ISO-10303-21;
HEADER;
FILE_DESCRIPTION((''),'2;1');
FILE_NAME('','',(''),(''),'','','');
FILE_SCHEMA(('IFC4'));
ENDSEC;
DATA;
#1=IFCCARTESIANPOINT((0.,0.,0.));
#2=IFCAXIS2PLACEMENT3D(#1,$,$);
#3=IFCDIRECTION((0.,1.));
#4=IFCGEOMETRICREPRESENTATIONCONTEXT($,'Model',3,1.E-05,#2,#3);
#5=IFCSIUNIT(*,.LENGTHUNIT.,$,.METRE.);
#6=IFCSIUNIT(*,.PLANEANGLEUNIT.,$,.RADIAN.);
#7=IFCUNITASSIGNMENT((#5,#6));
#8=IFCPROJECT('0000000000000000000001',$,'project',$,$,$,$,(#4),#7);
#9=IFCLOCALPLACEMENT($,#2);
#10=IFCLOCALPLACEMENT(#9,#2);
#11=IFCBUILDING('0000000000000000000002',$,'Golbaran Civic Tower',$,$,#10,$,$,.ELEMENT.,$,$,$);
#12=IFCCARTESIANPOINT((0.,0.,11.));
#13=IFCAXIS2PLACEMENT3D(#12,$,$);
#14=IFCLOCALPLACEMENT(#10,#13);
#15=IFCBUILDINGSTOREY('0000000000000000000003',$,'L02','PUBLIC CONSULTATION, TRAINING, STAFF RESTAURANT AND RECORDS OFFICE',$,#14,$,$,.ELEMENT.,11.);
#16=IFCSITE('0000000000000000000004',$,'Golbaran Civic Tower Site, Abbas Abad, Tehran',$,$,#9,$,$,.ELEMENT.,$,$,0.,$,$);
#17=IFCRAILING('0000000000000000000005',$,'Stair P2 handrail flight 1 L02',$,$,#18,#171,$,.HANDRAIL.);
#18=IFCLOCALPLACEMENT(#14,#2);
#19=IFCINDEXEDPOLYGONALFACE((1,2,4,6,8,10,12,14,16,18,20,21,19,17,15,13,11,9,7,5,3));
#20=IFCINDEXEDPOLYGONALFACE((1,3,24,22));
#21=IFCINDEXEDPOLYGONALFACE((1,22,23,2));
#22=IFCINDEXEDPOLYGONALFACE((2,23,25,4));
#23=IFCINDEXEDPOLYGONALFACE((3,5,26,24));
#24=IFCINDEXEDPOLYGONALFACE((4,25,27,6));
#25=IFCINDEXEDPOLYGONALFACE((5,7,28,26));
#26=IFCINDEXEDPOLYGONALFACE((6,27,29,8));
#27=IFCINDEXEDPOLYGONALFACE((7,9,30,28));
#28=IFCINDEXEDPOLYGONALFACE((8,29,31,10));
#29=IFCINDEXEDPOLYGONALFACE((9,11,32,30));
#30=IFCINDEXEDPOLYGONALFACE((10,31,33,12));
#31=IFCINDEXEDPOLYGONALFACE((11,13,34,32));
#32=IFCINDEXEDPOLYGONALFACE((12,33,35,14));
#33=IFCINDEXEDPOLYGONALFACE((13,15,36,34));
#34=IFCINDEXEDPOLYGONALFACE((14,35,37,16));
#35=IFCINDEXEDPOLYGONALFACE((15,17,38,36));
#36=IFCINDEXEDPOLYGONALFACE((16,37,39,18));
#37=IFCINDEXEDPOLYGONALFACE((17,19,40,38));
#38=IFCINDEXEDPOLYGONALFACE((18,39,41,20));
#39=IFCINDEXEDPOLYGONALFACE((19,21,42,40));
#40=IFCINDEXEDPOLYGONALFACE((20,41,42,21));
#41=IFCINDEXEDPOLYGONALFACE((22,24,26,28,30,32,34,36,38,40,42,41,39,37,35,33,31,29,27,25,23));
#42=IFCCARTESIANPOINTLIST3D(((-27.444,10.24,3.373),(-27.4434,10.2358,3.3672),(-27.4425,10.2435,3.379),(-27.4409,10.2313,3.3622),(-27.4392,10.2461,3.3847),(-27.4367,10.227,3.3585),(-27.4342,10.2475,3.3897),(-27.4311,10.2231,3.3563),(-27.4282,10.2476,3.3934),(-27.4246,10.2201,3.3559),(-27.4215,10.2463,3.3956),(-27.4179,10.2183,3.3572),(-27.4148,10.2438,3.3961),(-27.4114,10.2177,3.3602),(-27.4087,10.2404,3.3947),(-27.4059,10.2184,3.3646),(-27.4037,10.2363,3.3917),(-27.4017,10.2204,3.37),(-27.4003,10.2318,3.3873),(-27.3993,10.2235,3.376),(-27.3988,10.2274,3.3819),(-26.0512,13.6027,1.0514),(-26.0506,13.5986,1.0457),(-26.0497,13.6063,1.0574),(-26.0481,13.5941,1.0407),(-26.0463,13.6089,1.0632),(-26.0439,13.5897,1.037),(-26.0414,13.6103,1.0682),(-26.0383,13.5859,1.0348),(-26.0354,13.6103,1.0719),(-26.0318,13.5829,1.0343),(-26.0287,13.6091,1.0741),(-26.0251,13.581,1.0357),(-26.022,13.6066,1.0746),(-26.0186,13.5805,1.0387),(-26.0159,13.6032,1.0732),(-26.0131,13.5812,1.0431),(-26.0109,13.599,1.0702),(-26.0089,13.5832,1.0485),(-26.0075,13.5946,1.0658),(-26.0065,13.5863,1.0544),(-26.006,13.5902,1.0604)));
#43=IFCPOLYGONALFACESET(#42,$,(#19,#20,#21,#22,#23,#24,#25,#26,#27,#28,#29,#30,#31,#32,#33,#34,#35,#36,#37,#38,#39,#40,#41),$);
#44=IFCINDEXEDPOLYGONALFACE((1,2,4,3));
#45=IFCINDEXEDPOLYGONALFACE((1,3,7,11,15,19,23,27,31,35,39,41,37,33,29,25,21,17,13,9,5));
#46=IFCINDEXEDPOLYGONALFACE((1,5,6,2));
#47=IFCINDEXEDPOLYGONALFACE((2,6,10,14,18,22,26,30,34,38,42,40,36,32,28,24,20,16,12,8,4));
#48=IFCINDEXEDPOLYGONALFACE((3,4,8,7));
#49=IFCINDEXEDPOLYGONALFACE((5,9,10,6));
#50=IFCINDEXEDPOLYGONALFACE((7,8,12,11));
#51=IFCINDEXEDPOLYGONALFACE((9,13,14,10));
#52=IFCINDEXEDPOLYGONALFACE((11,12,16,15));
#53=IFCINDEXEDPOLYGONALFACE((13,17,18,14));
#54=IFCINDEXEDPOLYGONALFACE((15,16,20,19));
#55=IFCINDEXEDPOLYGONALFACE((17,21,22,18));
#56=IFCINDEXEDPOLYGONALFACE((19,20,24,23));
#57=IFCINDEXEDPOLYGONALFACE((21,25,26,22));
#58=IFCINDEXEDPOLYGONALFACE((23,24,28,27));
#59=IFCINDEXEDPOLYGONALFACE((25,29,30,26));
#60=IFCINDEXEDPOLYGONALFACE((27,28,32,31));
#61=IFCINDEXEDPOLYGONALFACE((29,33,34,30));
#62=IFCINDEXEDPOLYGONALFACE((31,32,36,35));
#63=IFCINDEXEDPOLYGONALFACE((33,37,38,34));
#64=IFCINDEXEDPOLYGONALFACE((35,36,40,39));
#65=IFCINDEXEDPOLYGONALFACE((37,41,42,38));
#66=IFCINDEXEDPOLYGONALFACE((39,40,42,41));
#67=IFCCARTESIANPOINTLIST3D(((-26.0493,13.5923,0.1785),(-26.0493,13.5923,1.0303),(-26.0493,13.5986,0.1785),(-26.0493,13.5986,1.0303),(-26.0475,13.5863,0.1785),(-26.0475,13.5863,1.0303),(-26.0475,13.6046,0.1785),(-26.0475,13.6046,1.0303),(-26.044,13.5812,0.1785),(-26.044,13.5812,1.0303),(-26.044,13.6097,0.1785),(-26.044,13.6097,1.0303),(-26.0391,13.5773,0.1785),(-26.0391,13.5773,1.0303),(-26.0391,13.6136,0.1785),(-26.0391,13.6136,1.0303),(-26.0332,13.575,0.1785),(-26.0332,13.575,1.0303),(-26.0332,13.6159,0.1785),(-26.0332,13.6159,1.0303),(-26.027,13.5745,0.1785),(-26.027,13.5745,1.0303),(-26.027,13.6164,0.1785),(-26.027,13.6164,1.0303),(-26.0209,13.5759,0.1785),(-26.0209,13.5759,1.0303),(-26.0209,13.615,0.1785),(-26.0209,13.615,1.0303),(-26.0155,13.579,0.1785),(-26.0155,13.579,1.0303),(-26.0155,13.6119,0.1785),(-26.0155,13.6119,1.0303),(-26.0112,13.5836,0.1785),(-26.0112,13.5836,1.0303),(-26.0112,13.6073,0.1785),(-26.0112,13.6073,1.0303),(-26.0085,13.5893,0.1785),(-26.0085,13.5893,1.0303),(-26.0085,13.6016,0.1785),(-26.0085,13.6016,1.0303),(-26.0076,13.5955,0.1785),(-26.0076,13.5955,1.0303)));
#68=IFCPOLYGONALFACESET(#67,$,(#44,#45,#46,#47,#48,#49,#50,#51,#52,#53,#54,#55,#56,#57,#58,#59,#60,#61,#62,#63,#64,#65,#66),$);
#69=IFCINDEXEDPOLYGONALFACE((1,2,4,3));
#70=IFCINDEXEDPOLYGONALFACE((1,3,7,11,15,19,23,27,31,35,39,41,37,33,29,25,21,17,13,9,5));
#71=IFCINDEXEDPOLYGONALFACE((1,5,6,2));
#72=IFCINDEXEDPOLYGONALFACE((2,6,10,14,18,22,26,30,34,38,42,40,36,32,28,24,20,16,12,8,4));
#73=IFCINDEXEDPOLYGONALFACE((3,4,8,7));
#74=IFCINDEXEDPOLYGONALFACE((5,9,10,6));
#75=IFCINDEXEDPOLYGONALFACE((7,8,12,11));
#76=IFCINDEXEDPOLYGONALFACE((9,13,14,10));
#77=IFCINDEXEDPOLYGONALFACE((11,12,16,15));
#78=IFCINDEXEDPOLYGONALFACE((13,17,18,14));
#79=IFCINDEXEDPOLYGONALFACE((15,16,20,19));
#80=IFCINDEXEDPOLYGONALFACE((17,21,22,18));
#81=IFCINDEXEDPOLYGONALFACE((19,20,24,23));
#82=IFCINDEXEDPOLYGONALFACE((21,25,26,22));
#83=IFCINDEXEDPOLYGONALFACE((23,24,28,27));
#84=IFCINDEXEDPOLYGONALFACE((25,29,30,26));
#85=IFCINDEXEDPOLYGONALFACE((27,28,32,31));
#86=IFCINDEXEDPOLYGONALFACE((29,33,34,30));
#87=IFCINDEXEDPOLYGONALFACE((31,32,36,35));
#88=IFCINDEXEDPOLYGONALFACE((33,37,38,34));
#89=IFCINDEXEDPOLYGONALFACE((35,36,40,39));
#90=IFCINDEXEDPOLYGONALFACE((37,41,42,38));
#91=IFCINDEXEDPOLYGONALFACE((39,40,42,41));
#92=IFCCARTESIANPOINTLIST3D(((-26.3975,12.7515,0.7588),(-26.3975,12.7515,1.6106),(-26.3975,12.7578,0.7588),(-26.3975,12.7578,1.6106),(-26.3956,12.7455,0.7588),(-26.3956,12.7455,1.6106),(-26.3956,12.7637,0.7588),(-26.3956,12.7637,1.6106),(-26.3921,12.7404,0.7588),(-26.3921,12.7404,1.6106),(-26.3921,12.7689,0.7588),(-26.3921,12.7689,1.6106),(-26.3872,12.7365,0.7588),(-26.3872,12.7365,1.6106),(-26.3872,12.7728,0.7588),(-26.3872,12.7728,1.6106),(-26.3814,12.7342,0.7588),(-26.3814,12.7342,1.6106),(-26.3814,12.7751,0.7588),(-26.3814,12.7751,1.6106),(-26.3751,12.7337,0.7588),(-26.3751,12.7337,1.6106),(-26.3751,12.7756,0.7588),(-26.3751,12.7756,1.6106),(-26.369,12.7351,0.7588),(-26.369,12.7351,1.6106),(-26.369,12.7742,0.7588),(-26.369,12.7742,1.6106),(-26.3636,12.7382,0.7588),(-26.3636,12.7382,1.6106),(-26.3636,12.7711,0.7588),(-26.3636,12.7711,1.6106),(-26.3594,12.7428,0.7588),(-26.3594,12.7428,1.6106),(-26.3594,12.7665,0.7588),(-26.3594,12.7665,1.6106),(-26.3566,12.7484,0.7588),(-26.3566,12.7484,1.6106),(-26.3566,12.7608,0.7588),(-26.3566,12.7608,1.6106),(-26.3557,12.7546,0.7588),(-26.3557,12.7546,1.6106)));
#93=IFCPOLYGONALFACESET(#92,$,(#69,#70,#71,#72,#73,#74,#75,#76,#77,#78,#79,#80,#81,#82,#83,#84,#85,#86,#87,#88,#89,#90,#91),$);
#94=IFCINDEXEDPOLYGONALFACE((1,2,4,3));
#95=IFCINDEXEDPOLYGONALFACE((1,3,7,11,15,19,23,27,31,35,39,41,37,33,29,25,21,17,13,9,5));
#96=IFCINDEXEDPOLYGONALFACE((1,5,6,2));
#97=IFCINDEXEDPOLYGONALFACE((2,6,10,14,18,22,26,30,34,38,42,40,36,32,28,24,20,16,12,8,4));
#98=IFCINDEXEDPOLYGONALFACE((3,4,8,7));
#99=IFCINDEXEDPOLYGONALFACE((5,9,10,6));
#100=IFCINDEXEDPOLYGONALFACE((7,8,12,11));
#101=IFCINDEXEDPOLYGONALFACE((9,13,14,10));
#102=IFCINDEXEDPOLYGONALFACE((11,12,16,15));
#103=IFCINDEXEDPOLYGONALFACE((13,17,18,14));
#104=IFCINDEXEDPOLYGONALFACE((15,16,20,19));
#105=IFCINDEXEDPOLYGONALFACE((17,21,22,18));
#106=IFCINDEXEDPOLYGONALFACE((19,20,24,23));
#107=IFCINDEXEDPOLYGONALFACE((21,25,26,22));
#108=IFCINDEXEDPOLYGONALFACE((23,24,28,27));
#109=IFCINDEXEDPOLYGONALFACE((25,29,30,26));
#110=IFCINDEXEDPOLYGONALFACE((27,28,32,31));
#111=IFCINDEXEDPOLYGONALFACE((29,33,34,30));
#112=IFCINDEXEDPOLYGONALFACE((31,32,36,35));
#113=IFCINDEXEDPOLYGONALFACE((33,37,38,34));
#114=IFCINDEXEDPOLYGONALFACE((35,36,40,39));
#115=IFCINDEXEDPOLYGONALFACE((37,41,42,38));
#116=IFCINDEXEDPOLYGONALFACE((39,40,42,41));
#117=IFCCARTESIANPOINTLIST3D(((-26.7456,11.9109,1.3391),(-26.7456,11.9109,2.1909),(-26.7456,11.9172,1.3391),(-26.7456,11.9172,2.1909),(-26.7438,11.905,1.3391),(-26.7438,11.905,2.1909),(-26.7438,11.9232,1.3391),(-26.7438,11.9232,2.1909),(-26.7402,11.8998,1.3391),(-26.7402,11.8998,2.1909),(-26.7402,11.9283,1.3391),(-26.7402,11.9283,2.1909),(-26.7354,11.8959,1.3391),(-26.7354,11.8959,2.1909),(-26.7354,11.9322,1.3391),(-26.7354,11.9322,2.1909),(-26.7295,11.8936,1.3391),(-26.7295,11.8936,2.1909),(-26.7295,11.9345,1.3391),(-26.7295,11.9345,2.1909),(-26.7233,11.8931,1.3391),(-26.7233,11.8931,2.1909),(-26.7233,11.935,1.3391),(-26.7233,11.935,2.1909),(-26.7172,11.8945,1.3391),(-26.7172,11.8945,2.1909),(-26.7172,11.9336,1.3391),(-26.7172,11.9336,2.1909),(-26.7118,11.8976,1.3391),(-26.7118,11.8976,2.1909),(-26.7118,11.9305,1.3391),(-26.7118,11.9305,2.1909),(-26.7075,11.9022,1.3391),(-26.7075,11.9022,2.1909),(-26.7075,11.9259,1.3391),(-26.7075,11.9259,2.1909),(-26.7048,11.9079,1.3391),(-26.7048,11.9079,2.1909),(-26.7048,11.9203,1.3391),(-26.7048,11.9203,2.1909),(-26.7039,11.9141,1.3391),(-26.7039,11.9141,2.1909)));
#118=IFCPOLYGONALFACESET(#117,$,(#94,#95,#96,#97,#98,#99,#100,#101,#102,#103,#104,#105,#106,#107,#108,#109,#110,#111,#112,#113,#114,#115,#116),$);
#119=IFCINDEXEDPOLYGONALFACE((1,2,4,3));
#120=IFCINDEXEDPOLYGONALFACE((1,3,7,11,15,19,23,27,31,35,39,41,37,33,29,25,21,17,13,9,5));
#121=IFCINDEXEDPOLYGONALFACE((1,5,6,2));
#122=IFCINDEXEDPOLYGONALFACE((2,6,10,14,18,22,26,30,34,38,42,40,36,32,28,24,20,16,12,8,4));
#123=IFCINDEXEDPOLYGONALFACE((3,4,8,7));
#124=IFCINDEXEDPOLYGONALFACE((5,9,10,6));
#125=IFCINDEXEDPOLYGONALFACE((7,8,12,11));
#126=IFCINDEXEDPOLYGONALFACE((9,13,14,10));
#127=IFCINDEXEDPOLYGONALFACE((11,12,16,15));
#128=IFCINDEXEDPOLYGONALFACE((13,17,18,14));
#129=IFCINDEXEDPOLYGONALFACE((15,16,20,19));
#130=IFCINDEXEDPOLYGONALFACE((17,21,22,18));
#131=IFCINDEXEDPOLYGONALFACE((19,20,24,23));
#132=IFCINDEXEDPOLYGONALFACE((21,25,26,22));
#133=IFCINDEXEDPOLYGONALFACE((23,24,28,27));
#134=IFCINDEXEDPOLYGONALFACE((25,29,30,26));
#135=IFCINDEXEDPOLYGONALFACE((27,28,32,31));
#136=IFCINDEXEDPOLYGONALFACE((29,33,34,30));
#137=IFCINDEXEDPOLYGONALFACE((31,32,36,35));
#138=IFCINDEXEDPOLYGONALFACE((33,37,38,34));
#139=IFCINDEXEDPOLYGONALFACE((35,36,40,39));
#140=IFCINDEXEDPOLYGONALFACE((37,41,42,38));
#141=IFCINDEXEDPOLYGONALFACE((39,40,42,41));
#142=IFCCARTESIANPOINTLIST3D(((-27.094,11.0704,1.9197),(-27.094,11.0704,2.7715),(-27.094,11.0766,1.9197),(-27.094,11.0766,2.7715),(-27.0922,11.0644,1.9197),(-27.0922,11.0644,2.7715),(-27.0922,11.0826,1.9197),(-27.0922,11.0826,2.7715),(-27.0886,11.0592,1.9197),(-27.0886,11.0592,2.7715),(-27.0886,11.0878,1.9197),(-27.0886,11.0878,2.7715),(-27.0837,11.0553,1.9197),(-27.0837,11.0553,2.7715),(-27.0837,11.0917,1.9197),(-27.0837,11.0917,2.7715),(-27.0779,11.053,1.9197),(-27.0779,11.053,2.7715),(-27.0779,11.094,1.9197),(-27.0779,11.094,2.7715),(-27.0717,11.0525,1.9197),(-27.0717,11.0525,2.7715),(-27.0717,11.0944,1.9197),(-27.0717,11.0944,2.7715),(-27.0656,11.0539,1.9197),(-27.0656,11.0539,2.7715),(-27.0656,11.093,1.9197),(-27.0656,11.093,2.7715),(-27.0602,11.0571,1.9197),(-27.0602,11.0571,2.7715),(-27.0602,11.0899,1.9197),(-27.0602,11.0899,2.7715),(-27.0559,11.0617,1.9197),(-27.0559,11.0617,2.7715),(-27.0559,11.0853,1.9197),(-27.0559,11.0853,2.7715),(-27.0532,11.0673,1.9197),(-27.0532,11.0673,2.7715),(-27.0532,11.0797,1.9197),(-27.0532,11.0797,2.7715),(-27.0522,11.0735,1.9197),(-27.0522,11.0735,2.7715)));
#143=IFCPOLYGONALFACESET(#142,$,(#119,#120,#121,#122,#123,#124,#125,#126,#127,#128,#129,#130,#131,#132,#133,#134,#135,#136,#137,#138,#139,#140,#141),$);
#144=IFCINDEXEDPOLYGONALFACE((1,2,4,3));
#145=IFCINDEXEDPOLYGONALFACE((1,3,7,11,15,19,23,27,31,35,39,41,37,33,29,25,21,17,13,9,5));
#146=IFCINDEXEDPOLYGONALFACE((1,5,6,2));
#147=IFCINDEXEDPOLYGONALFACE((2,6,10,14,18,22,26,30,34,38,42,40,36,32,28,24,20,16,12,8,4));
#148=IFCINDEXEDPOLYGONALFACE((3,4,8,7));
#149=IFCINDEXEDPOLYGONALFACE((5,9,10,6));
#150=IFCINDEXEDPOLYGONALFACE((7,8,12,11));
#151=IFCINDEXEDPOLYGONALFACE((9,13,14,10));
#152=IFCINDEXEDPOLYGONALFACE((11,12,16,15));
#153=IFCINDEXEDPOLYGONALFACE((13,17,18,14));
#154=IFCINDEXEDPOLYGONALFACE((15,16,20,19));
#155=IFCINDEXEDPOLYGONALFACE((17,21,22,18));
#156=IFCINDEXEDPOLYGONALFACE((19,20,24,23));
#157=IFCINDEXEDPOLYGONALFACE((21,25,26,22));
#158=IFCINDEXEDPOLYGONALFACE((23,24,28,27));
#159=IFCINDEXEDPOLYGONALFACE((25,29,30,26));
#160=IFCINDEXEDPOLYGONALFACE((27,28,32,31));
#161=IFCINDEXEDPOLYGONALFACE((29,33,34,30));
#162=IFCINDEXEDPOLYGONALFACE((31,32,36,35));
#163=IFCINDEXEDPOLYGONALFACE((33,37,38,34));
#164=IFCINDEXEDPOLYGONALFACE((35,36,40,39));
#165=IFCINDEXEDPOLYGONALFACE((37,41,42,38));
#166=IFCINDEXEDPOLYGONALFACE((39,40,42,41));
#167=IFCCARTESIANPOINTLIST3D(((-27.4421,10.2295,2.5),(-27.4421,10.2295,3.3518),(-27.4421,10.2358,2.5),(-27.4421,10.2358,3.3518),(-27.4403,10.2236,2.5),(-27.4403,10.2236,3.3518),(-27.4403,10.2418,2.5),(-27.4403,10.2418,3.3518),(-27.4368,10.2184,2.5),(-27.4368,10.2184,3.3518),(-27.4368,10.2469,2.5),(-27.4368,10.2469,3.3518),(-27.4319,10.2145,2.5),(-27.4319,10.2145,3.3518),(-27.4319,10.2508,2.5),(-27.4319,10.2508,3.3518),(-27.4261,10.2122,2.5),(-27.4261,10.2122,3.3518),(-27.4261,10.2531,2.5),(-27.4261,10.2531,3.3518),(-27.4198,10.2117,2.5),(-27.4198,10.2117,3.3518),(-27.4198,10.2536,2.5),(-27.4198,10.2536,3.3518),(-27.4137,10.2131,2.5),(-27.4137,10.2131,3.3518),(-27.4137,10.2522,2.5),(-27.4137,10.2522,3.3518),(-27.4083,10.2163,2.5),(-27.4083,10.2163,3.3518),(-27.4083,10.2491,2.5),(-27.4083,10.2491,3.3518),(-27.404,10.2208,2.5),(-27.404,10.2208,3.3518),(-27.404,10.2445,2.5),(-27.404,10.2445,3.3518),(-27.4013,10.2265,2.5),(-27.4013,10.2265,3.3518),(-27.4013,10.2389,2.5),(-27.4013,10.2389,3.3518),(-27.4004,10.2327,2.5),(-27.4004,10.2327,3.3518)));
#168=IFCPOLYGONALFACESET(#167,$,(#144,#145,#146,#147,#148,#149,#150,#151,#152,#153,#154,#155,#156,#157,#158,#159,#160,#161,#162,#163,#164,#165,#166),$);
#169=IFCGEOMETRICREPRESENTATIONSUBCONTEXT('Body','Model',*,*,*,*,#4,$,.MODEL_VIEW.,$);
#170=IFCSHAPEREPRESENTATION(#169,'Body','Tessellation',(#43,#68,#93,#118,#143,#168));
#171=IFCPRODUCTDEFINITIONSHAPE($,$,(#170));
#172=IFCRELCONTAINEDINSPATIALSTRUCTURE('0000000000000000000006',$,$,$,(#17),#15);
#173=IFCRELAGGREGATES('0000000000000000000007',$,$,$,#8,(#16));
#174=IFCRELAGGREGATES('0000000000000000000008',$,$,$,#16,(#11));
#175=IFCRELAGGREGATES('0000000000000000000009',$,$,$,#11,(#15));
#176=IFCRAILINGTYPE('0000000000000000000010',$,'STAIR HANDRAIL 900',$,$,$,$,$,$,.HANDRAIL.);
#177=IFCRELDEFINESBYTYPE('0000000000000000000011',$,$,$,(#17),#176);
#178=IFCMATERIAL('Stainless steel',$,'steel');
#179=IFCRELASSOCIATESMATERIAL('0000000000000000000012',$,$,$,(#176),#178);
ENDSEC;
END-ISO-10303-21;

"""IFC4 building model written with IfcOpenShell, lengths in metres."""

from ifc_helpers import new_model, si_unit, direction, frame, origin, origin_2d, place, context, subcontext, project, spatial, circle, extrude, material, type_object, element, save


model = new_model("IFC4")

# Units and contexts
model_context = context("Model", 3, precision=1e-05, world=origin(), true_north=direction((0.0, 1.0)))
body_context = subcontext(model_context, "Body", "Model", "MODEL_VIEW")
ifc_project = project(units=[si_unit("LENGTHUNIT", "METRE"), si_unit("PLANEANGLEUNIT", "RADIAN")], contexts=[model_context])

# Site, building, storey
site_placement = place(None, origin())
site = spatial("IfcSite", under=ifc_project, at=site_placement, Name="Golbaran Civic Tower Site, Abbas Abad, Tehran", CompositionType="ELEMENT", RefElevation=0.0)
building_placement = place(site_placement, origin())
building = spatial("IfcBuilding", under=site, at=building_placement, Name="Golbaran Civic Tower", CompositionType="ELEMENT")
storey_placement = place(building_placement, frame((0.0, 0.0, 11.0)))
storey = spatial("IfcBuildingStorey", under=building, at=storey_placement, Name="L02", Description="PUBLIC CONSULTATION, TRAINING, STAFF RESTAURANT AND RECORDS OFFICE", CompositionType="ELEMENT", Elevation=11.0)

# Railing
ifc_material_1 = material(Name="Stainless steel", Category="steel")
railing_type_1 = type_object("IfcRailingType", Name="STAIR HANDRAIL 900", PredefinedType="HANDRAIL", material=ifc_material_1)
railing_1_placement = place(storey_placement, frame((-26.0286, 13.5955, 0.1785)))
element("IfcRailing", 1, at=railing_1_placement, inside=storey, type_object=railing_type_1, Name="Stair P2 handrail flight 1 L02", PredefinedType="HANDRAIL", context=body_context, shape_type="SweptSolid", body=[
    extrude(circle(Radius=0.0239, at=origin_2d()), frame((0.0, 0.0, 0.876), z_axis=(-0.322625, -0.778937, 0.537746), x_axis=(0.923888, -0.382662, 0.0)), (0.0, 0.0, 1.0), 4.3171),
    extrude(circle(Radius=0.021, at=origin_2d()), origin(), (0.0, 0.0, 1.0), 0.8518),
    extrude(circle(Radius=0.021, at=origin_2d()), frame((-0.3481, -0.8408, 0.5803)), (0.0, 0.0, 1.0), 0.8518),
    extrude(circle(Radius=0.021, at=origin_2d()), frame((-0.6963, -1.6814, 1.1606)), (0.0, 0.0, 1.0), 0.8518),
    extrude(circle(Radius=0.021, at=origin_2d()), frame((-1.0447, -2.522, 1.7412)), (0.0, 0.0, 1.0), 0.8518),
    extrude(circle(Radius=0.021, at=origin_2d()), frame((-1.3928, -3.3628, 2.3215)), (0.0, 0.0, 1.0), 0.8518),
])

save(model, "model.ifc")
